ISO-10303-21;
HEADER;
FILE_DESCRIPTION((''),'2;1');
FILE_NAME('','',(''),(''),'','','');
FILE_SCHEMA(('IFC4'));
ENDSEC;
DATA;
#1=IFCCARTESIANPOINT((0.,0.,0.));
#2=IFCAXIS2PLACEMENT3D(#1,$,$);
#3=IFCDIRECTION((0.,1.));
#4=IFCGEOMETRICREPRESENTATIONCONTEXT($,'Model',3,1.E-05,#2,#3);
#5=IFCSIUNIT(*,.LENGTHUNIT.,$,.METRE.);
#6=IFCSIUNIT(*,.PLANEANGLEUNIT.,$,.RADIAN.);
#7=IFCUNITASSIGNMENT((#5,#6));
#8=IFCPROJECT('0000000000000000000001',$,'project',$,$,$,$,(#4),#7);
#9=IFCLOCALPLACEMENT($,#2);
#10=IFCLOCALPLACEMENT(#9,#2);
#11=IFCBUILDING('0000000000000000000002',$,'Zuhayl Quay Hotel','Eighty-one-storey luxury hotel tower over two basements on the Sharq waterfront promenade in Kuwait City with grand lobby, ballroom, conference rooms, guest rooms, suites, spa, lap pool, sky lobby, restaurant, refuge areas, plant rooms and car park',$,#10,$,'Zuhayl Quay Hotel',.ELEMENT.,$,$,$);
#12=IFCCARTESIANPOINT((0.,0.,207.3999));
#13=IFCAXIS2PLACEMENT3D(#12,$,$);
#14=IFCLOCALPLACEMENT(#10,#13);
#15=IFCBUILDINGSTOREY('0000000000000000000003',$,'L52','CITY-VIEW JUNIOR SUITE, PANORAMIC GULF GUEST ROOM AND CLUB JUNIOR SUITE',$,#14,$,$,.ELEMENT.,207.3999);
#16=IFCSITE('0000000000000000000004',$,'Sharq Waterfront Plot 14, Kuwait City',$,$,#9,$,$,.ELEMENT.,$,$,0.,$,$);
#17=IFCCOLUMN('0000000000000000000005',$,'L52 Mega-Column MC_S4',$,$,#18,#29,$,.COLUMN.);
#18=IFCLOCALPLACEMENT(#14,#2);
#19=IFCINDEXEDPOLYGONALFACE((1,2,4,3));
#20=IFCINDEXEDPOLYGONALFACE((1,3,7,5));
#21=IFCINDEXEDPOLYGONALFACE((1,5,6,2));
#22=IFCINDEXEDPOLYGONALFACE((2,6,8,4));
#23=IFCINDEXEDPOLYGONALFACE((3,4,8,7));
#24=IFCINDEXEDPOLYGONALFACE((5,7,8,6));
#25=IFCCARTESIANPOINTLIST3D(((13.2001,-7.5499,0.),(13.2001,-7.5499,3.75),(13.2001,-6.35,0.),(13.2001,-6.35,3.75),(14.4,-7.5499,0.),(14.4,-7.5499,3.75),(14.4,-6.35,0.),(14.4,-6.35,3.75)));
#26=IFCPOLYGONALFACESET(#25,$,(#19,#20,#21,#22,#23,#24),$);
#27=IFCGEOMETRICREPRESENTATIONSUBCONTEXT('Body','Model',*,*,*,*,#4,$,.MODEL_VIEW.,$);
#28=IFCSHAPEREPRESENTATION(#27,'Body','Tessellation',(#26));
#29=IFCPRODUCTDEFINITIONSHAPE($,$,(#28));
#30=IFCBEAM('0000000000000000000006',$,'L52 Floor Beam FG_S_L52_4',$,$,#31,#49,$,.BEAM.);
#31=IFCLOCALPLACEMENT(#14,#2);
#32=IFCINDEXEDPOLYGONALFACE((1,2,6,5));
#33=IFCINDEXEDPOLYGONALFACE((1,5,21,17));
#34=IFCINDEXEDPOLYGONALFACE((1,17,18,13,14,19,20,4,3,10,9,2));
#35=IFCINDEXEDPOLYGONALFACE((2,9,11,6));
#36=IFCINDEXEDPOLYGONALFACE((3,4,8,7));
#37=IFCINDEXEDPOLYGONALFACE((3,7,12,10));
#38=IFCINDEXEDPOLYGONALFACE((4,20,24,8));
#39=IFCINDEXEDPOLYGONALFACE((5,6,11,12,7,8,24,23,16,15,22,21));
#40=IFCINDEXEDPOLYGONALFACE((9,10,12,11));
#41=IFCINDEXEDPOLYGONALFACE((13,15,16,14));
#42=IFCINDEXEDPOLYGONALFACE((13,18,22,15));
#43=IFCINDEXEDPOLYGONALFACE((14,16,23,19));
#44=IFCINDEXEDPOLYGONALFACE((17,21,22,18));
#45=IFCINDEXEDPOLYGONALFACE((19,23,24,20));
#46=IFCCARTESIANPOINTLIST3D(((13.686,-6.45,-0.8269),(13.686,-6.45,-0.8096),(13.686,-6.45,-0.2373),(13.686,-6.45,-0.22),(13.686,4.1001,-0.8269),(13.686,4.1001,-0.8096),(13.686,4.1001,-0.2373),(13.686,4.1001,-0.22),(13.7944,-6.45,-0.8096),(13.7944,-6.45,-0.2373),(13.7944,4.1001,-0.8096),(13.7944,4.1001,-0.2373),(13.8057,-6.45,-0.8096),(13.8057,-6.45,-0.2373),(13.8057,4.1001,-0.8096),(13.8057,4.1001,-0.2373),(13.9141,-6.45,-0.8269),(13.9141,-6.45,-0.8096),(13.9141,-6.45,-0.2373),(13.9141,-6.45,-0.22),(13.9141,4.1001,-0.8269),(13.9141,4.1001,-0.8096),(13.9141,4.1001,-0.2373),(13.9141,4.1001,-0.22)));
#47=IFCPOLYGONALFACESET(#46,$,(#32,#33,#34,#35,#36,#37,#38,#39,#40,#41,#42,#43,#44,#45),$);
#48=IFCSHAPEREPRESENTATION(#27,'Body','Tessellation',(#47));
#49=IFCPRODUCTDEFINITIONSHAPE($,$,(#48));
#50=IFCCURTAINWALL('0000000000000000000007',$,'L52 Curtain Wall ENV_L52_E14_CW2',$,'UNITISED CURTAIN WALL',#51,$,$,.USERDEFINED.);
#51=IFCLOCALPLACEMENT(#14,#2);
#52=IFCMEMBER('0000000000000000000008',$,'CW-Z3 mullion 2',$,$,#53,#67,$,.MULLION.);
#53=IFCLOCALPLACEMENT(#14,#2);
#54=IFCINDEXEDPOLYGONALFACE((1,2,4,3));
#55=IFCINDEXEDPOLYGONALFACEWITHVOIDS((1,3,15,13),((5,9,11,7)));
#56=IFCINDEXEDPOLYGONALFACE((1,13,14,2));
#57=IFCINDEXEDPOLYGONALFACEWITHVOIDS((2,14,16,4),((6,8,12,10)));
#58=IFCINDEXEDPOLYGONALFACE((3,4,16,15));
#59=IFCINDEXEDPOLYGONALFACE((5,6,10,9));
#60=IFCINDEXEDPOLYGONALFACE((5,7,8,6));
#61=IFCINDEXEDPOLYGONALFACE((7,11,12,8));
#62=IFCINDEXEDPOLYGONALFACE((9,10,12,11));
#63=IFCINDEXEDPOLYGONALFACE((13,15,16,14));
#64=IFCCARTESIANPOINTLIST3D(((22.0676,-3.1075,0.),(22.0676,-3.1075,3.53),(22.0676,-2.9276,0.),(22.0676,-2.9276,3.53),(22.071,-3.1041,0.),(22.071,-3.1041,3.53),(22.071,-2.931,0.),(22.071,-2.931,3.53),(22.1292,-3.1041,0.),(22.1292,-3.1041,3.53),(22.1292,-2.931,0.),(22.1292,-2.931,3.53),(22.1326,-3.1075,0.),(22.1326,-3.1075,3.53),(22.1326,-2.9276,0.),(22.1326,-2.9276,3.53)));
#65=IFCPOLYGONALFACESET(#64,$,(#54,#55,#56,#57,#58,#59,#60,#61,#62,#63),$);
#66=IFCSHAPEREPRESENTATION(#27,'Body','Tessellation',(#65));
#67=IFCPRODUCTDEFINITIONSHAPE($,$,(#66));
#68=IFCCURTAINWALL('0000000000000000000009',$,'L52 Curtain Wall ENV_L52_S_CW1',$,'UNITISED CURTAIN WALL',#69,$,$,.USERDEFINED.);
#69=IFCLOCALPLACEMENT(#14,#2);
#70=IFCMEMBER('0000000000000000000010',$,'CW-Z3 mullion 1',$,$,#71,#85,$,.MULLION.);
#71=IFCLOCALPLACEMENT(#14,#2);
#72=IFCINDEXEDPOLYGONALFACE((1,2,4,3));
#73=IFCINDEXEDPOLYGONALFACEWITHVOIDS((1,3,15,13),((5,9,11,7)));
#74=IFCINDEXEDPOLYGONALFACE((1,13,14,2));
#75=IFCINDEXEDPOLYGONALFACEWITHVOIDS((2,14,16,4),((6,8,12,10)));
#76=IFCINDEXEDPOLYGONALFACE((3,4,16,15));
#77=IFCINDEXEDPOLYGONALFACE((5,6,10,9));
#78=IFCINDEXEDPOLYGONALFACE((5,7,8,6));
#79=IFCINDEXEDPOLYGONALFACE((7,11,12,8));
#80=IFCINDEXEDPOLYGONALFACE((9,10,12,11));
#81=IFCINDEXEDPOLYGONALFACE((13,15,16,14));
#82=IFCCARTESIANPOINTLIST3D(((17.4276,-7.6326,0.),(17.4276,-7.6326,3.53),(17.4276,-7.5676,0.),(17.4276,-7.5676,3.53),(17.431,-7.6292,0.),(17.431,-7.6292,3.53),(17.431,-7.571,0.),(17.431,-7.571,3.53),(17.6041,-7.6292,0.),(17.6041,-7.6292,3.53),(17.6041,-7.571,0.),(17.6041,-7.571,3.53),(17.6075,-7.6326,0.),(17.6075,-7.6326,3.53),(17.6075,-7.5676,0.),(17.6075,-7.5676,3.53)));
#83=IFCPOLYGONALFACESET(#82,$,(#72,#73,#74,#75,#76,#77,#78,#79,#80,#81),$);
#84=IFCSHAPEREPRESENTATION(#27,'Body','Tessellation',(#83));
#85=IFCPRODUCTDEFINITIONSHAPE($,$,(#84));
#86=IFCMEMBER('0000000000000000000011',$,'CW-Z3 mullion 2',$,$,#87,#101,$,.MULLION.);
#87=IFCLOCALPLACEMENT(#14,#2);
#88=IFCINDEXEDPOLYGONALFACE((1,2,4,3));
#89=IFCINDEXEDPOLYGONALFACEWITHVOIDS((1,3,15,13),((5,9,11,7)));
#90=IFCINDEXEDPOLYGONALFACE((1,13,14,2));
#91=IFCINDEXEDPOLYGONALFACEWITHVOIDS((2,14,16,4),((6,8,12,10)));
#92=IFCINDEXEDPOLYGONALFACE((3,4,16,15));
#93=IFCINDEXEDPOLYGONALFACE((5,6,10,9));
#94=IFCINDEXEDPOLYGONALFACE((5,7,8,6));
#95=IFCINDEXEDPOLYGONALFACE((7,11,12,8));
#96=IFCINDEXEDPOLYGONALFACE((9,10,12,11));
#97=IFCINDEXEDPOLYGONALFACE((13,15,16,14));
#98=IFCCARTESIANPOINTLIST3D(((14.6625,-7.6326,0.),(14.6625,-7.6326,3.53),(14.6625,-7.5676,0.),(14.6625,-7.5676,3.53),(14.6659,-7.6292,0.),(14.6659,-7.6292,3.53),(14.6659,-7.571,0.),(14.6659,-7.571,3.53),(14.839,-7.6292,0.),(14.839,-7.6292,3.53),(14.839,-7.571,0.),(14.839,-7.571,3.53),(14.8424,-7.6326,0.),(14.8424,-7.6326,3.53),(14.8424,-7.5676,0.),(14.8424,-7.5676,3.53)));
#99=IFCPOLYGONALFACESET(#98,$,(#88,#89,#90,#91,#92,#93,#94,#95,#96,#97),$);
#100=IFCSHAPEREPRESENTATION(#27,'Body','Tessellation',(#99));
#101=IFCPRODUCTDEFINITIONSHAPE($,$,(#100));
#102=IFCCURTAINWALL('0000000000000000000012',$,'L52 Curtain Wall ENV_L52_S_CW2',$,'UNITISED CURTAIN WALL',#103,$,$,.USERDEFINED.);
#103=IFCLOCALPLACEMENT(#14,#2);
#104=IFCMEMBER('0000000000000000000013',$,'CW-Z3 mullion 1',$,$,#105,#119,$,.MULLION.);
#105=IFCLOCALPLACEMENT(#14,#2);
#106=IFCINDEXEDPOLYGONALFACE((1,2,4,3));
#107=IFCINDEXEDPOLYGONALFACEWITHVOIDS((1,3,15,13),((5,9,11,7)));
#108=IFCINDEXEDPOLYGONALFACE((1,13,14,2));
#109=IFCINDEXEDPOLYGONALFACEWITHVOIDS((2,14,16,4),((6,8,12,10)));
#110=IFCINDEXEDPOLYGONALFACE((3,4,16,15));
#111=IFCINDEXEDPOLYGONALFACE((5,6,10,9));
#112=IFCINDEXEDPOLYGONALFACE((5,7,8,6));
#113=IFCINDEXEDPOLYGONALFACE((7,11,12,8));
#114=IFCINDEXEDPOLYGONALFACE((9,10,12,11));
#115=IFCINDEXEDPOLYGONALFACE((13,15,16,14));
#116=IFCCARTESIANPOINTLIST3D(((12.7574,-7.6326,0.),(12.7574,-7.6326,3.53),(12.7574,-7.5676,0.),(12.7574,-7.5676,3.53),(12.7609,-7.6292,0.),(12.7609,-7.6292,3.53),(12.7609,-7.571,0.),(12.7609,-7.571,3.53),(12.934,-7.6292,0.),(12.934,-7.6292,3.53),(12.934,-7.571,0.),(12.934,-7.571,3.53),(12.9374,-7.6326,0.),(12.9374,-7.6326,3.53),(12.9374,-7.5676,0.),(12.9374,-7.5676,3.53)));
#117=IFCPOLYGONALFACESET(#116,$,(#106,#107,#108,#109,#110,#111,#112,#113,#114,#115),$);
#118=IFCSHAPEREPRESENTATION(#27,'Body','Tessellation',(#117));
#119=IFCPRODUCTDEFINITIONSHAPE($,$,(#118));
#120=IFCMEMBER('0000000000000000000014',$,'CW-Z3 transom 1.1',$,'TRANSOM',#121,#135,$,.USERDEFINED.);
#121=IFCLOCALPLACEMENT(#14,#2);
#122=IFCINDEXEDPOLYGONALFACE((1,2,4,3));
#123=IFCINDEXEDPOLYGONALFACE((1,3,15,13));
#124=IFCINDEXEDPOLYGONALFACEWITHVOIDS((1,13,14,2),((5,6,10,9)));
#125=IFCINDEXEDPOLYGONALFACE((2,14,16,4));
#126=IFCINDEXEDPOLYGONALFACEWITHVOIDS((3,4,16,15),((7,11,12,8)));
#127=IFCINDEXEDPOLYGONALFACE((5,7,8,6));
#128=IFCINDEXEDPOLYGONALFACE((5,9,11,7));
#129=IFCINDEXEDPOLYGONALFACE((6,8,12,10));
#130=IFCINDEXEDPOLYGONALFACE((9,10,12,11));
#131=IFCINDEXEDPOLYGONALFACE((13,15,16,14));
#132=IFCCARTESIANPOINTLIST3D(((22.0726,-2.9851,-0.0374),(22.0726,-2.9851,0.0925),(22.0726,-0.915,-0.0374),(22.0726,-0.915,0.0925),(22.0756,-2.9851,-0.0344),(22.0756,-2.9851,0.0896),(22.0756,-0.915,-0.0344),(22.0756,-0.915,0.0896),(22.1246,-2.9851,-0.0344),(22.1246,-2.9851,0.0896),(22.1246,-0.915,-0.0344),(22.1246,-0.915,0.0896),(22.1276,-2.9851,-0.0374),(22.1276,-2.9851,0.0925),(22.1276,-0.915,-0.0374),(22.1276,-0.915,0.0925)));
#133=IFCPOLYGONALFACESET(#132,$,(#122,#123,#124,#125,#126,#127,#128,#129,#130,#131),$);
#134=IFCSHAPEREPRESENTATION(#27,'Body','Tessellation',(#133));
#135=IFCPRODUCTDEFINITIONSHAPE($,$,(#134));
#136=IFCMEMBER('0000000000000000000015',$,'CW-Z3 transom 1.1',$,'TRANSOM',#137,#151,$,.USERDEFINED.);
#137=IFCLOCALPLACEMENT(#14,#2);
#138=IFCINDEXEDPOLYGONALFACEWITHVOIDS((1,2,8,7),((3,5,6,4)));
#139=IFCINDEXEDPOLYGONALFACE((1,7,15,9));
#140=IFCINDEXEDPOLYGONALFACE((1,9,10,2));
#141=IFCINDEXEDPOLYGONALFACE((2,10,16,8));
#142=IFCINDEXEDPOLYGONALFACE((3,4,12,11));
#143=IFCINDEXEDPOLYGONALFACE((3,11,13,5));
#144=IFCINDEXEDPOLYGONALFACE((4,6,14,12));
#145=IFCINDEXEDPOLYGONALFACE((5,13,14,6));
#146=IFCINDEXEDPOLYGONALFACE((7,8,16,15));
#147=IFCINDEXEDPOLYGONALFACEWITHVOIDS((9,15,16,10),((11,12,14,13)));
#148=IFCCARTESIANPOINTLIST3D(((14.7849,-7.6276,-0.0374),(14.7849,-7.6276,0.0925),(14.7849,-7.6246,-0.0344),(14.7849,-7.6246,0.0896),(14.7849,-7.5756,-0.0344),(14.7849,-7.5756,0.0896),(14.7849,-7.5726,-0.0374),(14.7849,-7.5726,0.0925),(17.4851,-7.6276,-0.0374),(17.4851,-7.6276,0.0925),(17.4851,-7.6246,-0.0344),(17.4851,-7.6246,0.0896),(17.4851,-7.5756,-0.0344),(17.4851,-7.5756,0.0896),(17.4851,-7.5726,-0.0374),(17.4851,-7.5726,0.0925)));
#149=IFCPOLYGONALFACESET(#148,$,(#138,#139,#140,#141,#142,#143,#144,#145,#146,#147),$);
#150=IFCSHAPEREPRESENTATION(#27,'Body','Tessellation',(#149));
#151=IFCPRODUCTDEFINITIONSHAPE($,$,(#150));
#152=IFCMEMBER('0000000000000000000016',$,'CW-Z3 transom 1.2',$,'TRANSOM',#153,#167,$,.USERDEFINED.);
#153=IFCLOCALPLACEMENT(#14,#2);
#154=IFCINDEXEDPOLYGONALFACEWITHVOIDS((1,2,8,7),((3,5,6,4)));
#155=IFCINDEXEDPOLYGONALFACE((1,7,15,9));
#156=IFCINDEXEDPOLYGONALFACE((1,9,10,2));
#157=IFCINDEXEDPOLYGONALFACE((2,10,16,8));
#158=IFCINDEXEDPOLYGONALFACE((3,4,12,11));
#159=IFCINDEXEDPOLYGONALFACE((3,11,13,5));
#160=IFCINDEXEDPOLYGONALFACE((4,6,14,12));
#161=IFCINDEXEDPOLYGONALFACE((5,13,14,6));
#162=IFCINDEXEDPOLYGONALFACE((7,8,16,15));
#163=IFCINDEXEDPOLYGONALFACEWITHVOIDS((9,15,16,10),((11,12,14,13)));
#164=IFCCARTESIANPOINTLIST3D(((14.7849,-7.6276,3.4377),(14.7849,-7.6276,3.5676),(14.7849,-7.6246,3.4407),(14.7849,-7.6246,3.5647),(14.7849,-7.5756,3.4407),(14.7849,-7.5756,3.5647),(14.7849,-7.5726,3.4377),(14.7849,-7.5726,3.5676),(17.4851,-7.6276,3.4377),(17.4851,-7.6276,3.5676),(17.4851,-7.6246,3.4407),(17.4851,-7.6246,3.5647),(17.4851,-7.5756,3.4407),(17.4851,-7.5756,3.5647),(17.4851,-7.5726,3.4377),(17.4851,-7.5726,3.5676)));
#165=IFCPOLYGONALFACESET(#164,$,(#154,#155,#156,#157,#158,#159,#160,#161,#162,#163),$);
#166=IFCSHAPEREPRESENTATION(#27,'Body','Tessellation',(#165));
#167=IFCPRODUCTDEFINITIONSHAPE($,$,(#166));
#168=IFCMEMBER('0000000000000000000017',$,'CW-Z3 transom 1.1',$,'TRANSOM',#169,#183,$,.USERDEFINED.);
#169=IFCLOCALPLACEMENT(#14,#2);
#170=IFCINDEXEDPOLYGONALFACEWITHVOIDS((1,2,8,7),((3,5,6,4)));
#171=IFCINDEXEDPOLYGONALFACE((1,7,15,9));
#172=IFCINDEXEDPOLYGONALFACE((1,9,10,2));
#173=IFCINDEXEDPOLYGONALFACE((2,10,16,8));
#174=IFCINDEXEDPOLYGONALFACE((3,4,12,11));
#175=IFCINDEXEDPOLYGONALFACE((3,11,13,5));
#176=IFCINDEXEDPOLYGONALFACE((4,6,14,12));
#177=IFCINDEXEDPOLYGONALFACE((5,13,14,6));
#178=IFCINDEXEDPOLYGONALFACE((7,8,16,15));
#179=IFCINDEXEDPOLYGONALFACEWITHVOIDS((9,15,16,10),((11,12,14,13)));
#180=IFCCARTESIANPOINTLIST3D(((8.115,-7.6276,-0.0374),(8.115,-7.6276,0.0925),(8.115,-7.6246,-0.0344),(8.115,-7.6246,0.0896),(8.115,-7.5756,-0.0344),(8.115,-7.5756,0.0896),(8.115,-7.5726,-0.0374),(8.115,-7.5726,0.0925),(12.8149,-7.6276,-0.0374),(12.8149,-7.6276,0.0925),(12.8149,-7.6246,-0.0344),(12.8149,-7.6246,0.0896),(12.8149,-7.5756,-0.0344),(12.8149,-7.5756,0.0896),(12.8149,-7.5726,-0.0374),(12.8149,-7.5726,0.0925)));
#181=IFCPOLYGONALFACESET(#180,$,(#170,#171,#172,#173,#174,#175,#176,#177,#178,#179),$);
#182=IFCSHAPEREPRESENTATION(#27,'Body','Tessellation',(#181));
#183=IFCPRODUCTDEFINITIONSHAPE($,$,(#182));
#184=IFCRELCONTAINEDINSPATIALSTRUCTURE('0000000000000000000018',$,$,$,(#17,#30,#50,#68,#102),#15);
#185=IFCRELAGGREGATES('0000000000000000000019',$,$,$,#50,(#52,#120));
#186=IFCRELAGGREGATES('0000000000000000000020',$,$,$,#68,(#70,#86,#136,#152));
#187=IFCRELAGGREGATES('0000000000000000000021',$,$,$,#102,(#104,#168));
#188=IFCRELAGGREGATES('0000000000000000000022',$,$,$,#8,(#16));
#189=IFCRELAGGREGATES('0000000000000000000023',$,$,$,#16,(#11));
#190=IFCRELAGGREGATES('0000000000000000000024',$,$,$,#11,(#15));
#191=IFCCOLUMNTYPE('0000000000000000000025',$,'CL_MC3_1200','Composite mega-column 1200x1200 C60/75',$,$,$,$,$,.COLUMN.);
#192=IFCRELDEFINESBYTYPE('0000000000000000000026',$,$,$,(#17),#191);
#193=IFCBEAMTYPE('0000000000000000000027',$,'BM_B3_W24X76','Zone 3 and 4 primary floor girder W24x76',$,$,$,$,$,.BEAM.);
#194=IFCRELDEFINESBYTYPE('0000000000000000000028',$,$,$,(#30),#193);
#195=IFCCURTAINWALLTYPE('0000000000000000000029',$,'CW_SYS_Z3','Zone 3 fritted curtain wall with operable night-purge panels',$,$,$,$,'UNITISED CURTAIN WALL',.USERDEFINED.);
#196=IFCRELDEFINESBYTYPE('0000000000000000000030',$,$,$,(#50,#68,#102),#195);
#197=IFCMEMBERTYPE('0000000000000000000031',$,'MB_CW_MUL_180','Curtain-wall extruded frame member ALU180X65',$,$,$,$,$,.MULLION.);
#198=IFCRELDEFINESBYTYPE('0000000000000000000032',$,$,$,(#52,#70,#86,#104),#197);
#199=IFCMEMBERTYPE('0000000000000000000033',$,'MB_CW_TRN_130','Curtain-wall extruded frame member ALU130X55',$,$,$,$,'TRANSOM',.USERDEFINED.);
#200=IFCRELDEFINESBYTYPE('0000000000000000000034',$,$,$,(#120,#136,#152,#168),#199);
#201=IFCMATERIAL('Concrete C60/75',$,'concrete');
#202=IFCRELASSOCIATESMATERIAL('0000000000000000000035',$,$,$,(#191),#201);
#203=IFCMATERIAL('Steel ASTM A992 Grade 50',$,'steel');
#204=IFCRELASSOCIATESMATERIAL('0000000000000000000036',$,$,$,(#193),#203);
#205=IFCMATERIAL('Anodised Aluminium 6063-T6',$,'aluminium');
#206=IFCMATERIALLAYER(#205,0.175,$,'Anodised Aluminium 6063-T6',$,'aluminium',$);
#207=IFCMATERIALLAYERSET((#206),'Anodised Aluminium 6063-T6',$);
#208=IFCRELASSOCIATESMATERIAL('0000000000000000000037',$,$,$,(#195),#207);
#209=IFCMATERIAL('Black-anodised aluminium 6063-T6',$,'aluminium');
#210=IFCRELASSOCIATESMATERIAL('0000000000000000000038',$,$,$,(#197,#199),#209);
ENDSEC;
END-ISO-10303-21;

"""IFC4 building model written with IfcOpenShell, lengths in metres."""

from ifc_helpers import new_model, si_unit, direction, frame, origin, origin_2d, place, context, subcontext, project, spatial, rectangle, hollow_rectangle, i_section, extrude, material, layer, layer_set, material_profile, profile_set, type_object, element, aggregate, save


model = new_model("IFC4")

# Units and contexts
model_context = context("Model", 3, precision=1e-05, world=origin(), true_north=direction((0.0, 1.0)))
body_context = subcontext(model_context, "Body", "Model", "MODEL_VIEW")
ifc_project = project(units=[si_unit("LENGTHUNIT", "METRE"), si_unit("PLANEANGLEUNIT", "RADIAN")], contexts=[model_context])

# Site, building, storey
site_placement = place(None, origin())
site = spatial("IfcSite", under=ifc_project, at=site_placement, Name="Sharq Waterfront Plot 14, Kuwait City", CompositionType="ELEMENT", RefElevation=0.0)
building_placement = place(site_placement, origin())
building = spatial("IfcBuilding", under=site, at=building_placement, Name="Zuhayl Quay Hotel", Description="Eighty-one-storey luxury hotel tower over two basements on the Sharq waterfront promenade in Kuwait City with grand lobby, ballroom, conference rooms, guest rooms, suites, spa, lap pool, sky lobby, restaurant, refuge areas, plant rooms and car park", LongName="Zuhayl Quay Hotel", CompositionType="ELEMENT")
storey_placement = place(building_placement, frame((0.0, 0.0, 207.3999)))
storey = spatial("IfcBuildingStorey", under=building, at=storey_placement, Name="L52", Description="CITY-VIEW JUNIOR SUITE, PANORAMIC GULF GUEST ROOM AND CLUB JUNIOR SUITE", CompositionType="ELEMENT", Elevation=207.3999)

# Column
ifc_material_1 = material(Name="Concrete C60/75", Category="concrete")
ifc_material_profile_1 = material_profile(ifc_material_1, rectangle(XDim=1.2, YDim=1.2, at=origin_2d()), Name="RC1200X1200")
ifc_profile_set_1 = profile_set([ifc_material_profile_1], Name="Concrete C60/75")
column_type = type_object("IfcColumnType", Name="CL_MC3_1200", Description="Composite mega-column 1200x1200 C60/75", PredefinedType="COLUMN", material=ifc_profile_set_1)
column_placement = place(storey_placement, frame((13.8, -6.95, 0.0), z_axis=(0.0, 0.0, 1.0), x_axis=(1.0, 0.0, 0.0)))
element("IfcColumn", 1, at=column_placement, inside=storey, type_object=column_type, Name="L52 Mega-Column MC_S4", PredefinedType="COLUMN", context=body_context, shape_type="SweptSolid", body=[
    extrude(rectangle(XDim=1.2, YDim=1.2, at=origin_2d()), origin(), (0.0, 0.0, 1.0), 3.75),
])

# Beam
ifc_material_2 = material(Name="Steel ASTM A992 Grade 50", Category="steel")
ifc_material_profile_2 = material_profile(ifc_material_2, i_section(OverallWidth=0.228, OverallDepth=0.6069, WebThickness=0.0112, FlangeThickness=0.0173, at=origin_2d()), Name="W24X76")
ifc_profile_set_2 = profile_set([ifc_material_profile_2], Name="Steel ASTM A992 Grade 50")
beam_type = type_object("IfcBeamType", Name="BM_B3_W24X76", Description="Zone 3 and 4 primary floor girder W24x76", PredefinedType="BEAM", material=ifc_profile_set_2)
beam_placement = place(storey_placement, frame((13.8, -6.45, -0.5234), z_axis=(0.0, 1.0, 0.0), x_axis=(-1.0, 0.0, 0.0)))
element("IfcBeam", 2, at=beam_placement, inside=storey, type_object=beam_type, Name="L52 Floor Beam FG_S_L52_4", PredefinedType="BEAM", context=body_context, shape_type="SweptSolid", body=[
    extrude(i_section(OverallWidth=0.228, OverallDepth=0.6069, WebThickness=0.0112, FlangeThickness=0.0173, at=origin_2d()), origin(), (0.0, 0.0, 1.0), 10.55),
])

# Curtain wall, member
ifc_material_3 = material(Name="Anodised Aluminium 6063-T6", Category="aluminium")
ifc_layer_1 = layer(ifc_material_3, 0.175, Name="Anodised Aluminium 6063-T6", Category="aluminium")
ifc_layer_set_1 = layer_set([ifc_layer_1], Name="Anodised Aluminium 6063-T6")
curtain_wall_type = type_object("IfcCurtainWallType", Name="CW_SYS_Z3", Description="Zone 3 fritted curtain wall with operable night-purge panels", ElementType="UNITISED CURTAIN WALL", PredefinedType="USERDEFINED", material=ifc_layer_set_1)
curtain_wall_1_placement = place(storey_placement, origin())
curtain_wall_1 = element("IfcCurtainWall", 3, at=curtain_wall_1_placement, inside=storey, type_object=curtain_wall_type, Name="L52 Curtain Wall ENV_L52_E14_CW2", ObjectType="UNITISED CURTAIN WALL", PredefinedType="USERDEFINED")
ifc_material_4 = material(Name="Black-anodised aluminium 6063-T6", Category="aluminium")
ifc_material_profile_3 = material_profile(ifc_material_4, hollow_rectangle(XDim=0.0649, YDim=0.1799, WallThickness=0.0034, at=origin_2d()), Name="ALU180X65")
ifc_profile_set_3 = profile_set([ifc_material_profile_3], Name="Black-anodised aluminium 6063-T6")
member_type_1 = type_object("IfcMemberType", Name="MB_CW_MUL_180", Description="Curtain-wall extruded frame member ALU180X65", PredefinedType="MULLION", material=ifc_profile_set_3)
member_1_placement = place(storey_placement, frame((22.1001, -3.0176, 0.0), z_axis=(0.0, 0.0, 1.0), x_axis=(1.0, 0.0, 0.0)))
member_1 = element("IfcMember", 4, at=member_1_placement, type_object=member_type_1, Name="CW-Z3 mullion 2", PredefinedType="MULLION", context=body_context, shape_type="SweptSolid", body=[
    extrude(hollow_rectangle(XDim=0.0649, YDim=0.1799, WallThickness=0.0034, at=origin_2d()), origin(), (0.0, 0.0, 1.0), 3.53),
])

# Curtain wall, members
curtain_wall_2_placement = place(storey_placement, origin())
curtain_wall_2 = element("IfcCurtainWall", 5, at=curtain_wall_2_placement, inside=storey, type_object=curtain_wall_type, Name="L52 Curtain Wall ENV_L52_S_CW1", ObjectType="UNITISED CURTAIN WALL", PredefinedType="USERDEFINED")
member_2_placement = place(storey_placement, frame((17.5176, -7.6001, 0.0), z_axis=(0.0, 0.0, 1.0), x_axis=(0.0, -1.0, 0.0)))
member_2 = element("IfcMember", 6, at=member_2_placement, type_object=member_type_1, Name="CW-Z3 mullion 1", PredefinedType="MULLION", context=body_context, shape_type="SweptSolid", body=[
    extrude(hollow_rectangle(XDim=0.0649, YDim=0.1799, WallThickness=0.0034, at=origin_2d()), origin(), (0.0, 0.0, 1.0), 3.53),
])
member_3_placement = place(storey_placement, frame((14.7524, -7.6001, 0.0), z_axis=(0.0, 0.0, 1.0), x_axis=(0.0, -1.0, 0.0)))
member_3 = element("IfcMember", 7, at=member_3_placement, type_object=member_type_1, Name="CW-Z3 mullion 2", PredefinedType="MULLION", context=body_context, shape_type="SweptSolid", body=[
    extrude(hollow_rectangle(XDim=0.0649, YDim=0.1799, WallThickness=0.0034, at=origin_2d()), origin(), (0.0, 0.0, 1.0), 3.53),
])

# Curtain wall, member
curtain_wall_3_placement = place(storey_placement, origin())
curtain_wall_3 = element("IfcCurtainWall", 8, at=curtain_wall_3_placement, inside=storey, type_object=curtain_wall_type, Name="L52 Curtain Wall ENV_L52_S_CW2", ObjectType="UNITISED CURTAIN WALL", PredefinedType="USERDEFINED")
member_4_placement = place(storey_placement, frame((12.8474, -7.6001, 0.0), z_axis=(0.0, 0.0, 1.0), x_axis=(0.0, -1.0, 0.0)))
member_4 = element("IfcMember", 9, at=member_4_placement, type_object=member_type_1, Name="CW-Z3 mullion 1", PredefinedType="MULLION", context=body_context, shape_type="SweptSolid", body=[
    extrude(hollow_rectangle(XDim=0.0649, YDim=0.1799, WallThickness=0.0034, at=origin_2d()), origin(), (0.0, 0.0, 1.0), 3.53),
])

# Members
ifc_material_profile_4 = material_profile(ifc_material_4, hollow_rectangle(XDim=0.0549, YDim=0.1299, WallThickness=0.0029, at=origin_2d()), Name="ALU130X55")
ifc_profile_set_4 = profile_set([ifc_material_profile_4], Name="Black-anodised aluminium 6063-T6")
member_type_2 = type_object("IfcMemberType", Name="MB_CW_TRN_130", Description="Curtain-wall extruded frame member ALU130X55", ElementType="TRANSOM", PredefinedType="USERDEFINED", material=ifc_profile_set_4)
member_5_placement = place(storey_placement, frame((22.1001, -0.915, 0.0276), z_axis=(0.0, -1.0, 0.0), x_axis=(1.0, 0.0, 0.0)))
member_5 = element("IfcMember", 10, at=member_5_placement, type_object=member_type_2, Name="CW-Z3 transom 1.1", ObjectType="TRANSOM", PredefinedType="USERDEFINED", context=body_context, shape_type="SweptSolid", body=[
    extrude(hollow_rectangle(XDim=0.0549, YDim=0.1299, WallThickness=0.0029, at=origin_2d()), origin(), (0.0, 0.0, 1.0), 2.0701),
])
member_6_placement = place(storey_placement, frame((17.4851, -7.6001, 0.0276), z_axis=(-1.0, 0.0, 0.0), x_axis=(0.0, -1.0, 0.0)))
member_6 = element("IfcMember", 11, at=member_6_placement, type_object=member_type_2, Name="CW-Z3 transom 1.1", ObjectType="TRANSOM", PredefinedType="USERDEFINED", context=body_context, shape_type="SweptSolid", body=[
    extrude(hollow_rectangle(XDim=0.0549, YDim=0.1299, WallThickness=0.0029, at=origin_2d()), origin(), (0.0, 0.0, 1.0), 2.7002),
])
member_7_placement = place(storey_placement, frame((17.4851, -7.6001, 3.5027), z_axis=(-1.0, 0.0, 0.0), x_axis=(0.0, -1.0, 0.0)))
member_7 = element("IfcMember", 12, at=member_7_placement, type_object=member_type_2, Name="CW-Z3 transom 1.2", ObjectType="TRANSOM", PredefinedType="USERDEFINED", context=body_context, shape_type="SweptSolid", body=[
    extrude(hollow_rectangle(XDim=0.0549, YDim=0.1299, WallThickness=0.0029, at=origin_2d()), origin(), (0.0, 0.0, 1.0), 2.7002),
])
member_8_placement = place(storey_placement, frame((12.8149, -7.6001, 0.0276), z_axis=(-1.0, 0.0, 0.0), x_axis=(0.0, -1.0, 0.0)))
member_8 = element("IfcMember", 13, at=member_8_placement, type_object=member_type_2, Name="CW-Z3 transom 1.1", ObjectType="TRANSOM", PredefinedType="USERDEFINED", context=body_context, shape_type="SweptSolid", body=[
    extrude(hollow_rectangle(XDim=0.0549, YDim=0.1299, WallThickness=0.0029, at=origin_2d()), origin(), (0.0, 0.0, 1.0), 4.7),
])

aggregate(curtain_wall_1, [member_1, member_5])
aggregate(curtain_wall_2, [member_2, member_3, member_6, member_7])
aggregate(curtain_wall_3, [member_4, member_8])

save(model, "model.ifc")
